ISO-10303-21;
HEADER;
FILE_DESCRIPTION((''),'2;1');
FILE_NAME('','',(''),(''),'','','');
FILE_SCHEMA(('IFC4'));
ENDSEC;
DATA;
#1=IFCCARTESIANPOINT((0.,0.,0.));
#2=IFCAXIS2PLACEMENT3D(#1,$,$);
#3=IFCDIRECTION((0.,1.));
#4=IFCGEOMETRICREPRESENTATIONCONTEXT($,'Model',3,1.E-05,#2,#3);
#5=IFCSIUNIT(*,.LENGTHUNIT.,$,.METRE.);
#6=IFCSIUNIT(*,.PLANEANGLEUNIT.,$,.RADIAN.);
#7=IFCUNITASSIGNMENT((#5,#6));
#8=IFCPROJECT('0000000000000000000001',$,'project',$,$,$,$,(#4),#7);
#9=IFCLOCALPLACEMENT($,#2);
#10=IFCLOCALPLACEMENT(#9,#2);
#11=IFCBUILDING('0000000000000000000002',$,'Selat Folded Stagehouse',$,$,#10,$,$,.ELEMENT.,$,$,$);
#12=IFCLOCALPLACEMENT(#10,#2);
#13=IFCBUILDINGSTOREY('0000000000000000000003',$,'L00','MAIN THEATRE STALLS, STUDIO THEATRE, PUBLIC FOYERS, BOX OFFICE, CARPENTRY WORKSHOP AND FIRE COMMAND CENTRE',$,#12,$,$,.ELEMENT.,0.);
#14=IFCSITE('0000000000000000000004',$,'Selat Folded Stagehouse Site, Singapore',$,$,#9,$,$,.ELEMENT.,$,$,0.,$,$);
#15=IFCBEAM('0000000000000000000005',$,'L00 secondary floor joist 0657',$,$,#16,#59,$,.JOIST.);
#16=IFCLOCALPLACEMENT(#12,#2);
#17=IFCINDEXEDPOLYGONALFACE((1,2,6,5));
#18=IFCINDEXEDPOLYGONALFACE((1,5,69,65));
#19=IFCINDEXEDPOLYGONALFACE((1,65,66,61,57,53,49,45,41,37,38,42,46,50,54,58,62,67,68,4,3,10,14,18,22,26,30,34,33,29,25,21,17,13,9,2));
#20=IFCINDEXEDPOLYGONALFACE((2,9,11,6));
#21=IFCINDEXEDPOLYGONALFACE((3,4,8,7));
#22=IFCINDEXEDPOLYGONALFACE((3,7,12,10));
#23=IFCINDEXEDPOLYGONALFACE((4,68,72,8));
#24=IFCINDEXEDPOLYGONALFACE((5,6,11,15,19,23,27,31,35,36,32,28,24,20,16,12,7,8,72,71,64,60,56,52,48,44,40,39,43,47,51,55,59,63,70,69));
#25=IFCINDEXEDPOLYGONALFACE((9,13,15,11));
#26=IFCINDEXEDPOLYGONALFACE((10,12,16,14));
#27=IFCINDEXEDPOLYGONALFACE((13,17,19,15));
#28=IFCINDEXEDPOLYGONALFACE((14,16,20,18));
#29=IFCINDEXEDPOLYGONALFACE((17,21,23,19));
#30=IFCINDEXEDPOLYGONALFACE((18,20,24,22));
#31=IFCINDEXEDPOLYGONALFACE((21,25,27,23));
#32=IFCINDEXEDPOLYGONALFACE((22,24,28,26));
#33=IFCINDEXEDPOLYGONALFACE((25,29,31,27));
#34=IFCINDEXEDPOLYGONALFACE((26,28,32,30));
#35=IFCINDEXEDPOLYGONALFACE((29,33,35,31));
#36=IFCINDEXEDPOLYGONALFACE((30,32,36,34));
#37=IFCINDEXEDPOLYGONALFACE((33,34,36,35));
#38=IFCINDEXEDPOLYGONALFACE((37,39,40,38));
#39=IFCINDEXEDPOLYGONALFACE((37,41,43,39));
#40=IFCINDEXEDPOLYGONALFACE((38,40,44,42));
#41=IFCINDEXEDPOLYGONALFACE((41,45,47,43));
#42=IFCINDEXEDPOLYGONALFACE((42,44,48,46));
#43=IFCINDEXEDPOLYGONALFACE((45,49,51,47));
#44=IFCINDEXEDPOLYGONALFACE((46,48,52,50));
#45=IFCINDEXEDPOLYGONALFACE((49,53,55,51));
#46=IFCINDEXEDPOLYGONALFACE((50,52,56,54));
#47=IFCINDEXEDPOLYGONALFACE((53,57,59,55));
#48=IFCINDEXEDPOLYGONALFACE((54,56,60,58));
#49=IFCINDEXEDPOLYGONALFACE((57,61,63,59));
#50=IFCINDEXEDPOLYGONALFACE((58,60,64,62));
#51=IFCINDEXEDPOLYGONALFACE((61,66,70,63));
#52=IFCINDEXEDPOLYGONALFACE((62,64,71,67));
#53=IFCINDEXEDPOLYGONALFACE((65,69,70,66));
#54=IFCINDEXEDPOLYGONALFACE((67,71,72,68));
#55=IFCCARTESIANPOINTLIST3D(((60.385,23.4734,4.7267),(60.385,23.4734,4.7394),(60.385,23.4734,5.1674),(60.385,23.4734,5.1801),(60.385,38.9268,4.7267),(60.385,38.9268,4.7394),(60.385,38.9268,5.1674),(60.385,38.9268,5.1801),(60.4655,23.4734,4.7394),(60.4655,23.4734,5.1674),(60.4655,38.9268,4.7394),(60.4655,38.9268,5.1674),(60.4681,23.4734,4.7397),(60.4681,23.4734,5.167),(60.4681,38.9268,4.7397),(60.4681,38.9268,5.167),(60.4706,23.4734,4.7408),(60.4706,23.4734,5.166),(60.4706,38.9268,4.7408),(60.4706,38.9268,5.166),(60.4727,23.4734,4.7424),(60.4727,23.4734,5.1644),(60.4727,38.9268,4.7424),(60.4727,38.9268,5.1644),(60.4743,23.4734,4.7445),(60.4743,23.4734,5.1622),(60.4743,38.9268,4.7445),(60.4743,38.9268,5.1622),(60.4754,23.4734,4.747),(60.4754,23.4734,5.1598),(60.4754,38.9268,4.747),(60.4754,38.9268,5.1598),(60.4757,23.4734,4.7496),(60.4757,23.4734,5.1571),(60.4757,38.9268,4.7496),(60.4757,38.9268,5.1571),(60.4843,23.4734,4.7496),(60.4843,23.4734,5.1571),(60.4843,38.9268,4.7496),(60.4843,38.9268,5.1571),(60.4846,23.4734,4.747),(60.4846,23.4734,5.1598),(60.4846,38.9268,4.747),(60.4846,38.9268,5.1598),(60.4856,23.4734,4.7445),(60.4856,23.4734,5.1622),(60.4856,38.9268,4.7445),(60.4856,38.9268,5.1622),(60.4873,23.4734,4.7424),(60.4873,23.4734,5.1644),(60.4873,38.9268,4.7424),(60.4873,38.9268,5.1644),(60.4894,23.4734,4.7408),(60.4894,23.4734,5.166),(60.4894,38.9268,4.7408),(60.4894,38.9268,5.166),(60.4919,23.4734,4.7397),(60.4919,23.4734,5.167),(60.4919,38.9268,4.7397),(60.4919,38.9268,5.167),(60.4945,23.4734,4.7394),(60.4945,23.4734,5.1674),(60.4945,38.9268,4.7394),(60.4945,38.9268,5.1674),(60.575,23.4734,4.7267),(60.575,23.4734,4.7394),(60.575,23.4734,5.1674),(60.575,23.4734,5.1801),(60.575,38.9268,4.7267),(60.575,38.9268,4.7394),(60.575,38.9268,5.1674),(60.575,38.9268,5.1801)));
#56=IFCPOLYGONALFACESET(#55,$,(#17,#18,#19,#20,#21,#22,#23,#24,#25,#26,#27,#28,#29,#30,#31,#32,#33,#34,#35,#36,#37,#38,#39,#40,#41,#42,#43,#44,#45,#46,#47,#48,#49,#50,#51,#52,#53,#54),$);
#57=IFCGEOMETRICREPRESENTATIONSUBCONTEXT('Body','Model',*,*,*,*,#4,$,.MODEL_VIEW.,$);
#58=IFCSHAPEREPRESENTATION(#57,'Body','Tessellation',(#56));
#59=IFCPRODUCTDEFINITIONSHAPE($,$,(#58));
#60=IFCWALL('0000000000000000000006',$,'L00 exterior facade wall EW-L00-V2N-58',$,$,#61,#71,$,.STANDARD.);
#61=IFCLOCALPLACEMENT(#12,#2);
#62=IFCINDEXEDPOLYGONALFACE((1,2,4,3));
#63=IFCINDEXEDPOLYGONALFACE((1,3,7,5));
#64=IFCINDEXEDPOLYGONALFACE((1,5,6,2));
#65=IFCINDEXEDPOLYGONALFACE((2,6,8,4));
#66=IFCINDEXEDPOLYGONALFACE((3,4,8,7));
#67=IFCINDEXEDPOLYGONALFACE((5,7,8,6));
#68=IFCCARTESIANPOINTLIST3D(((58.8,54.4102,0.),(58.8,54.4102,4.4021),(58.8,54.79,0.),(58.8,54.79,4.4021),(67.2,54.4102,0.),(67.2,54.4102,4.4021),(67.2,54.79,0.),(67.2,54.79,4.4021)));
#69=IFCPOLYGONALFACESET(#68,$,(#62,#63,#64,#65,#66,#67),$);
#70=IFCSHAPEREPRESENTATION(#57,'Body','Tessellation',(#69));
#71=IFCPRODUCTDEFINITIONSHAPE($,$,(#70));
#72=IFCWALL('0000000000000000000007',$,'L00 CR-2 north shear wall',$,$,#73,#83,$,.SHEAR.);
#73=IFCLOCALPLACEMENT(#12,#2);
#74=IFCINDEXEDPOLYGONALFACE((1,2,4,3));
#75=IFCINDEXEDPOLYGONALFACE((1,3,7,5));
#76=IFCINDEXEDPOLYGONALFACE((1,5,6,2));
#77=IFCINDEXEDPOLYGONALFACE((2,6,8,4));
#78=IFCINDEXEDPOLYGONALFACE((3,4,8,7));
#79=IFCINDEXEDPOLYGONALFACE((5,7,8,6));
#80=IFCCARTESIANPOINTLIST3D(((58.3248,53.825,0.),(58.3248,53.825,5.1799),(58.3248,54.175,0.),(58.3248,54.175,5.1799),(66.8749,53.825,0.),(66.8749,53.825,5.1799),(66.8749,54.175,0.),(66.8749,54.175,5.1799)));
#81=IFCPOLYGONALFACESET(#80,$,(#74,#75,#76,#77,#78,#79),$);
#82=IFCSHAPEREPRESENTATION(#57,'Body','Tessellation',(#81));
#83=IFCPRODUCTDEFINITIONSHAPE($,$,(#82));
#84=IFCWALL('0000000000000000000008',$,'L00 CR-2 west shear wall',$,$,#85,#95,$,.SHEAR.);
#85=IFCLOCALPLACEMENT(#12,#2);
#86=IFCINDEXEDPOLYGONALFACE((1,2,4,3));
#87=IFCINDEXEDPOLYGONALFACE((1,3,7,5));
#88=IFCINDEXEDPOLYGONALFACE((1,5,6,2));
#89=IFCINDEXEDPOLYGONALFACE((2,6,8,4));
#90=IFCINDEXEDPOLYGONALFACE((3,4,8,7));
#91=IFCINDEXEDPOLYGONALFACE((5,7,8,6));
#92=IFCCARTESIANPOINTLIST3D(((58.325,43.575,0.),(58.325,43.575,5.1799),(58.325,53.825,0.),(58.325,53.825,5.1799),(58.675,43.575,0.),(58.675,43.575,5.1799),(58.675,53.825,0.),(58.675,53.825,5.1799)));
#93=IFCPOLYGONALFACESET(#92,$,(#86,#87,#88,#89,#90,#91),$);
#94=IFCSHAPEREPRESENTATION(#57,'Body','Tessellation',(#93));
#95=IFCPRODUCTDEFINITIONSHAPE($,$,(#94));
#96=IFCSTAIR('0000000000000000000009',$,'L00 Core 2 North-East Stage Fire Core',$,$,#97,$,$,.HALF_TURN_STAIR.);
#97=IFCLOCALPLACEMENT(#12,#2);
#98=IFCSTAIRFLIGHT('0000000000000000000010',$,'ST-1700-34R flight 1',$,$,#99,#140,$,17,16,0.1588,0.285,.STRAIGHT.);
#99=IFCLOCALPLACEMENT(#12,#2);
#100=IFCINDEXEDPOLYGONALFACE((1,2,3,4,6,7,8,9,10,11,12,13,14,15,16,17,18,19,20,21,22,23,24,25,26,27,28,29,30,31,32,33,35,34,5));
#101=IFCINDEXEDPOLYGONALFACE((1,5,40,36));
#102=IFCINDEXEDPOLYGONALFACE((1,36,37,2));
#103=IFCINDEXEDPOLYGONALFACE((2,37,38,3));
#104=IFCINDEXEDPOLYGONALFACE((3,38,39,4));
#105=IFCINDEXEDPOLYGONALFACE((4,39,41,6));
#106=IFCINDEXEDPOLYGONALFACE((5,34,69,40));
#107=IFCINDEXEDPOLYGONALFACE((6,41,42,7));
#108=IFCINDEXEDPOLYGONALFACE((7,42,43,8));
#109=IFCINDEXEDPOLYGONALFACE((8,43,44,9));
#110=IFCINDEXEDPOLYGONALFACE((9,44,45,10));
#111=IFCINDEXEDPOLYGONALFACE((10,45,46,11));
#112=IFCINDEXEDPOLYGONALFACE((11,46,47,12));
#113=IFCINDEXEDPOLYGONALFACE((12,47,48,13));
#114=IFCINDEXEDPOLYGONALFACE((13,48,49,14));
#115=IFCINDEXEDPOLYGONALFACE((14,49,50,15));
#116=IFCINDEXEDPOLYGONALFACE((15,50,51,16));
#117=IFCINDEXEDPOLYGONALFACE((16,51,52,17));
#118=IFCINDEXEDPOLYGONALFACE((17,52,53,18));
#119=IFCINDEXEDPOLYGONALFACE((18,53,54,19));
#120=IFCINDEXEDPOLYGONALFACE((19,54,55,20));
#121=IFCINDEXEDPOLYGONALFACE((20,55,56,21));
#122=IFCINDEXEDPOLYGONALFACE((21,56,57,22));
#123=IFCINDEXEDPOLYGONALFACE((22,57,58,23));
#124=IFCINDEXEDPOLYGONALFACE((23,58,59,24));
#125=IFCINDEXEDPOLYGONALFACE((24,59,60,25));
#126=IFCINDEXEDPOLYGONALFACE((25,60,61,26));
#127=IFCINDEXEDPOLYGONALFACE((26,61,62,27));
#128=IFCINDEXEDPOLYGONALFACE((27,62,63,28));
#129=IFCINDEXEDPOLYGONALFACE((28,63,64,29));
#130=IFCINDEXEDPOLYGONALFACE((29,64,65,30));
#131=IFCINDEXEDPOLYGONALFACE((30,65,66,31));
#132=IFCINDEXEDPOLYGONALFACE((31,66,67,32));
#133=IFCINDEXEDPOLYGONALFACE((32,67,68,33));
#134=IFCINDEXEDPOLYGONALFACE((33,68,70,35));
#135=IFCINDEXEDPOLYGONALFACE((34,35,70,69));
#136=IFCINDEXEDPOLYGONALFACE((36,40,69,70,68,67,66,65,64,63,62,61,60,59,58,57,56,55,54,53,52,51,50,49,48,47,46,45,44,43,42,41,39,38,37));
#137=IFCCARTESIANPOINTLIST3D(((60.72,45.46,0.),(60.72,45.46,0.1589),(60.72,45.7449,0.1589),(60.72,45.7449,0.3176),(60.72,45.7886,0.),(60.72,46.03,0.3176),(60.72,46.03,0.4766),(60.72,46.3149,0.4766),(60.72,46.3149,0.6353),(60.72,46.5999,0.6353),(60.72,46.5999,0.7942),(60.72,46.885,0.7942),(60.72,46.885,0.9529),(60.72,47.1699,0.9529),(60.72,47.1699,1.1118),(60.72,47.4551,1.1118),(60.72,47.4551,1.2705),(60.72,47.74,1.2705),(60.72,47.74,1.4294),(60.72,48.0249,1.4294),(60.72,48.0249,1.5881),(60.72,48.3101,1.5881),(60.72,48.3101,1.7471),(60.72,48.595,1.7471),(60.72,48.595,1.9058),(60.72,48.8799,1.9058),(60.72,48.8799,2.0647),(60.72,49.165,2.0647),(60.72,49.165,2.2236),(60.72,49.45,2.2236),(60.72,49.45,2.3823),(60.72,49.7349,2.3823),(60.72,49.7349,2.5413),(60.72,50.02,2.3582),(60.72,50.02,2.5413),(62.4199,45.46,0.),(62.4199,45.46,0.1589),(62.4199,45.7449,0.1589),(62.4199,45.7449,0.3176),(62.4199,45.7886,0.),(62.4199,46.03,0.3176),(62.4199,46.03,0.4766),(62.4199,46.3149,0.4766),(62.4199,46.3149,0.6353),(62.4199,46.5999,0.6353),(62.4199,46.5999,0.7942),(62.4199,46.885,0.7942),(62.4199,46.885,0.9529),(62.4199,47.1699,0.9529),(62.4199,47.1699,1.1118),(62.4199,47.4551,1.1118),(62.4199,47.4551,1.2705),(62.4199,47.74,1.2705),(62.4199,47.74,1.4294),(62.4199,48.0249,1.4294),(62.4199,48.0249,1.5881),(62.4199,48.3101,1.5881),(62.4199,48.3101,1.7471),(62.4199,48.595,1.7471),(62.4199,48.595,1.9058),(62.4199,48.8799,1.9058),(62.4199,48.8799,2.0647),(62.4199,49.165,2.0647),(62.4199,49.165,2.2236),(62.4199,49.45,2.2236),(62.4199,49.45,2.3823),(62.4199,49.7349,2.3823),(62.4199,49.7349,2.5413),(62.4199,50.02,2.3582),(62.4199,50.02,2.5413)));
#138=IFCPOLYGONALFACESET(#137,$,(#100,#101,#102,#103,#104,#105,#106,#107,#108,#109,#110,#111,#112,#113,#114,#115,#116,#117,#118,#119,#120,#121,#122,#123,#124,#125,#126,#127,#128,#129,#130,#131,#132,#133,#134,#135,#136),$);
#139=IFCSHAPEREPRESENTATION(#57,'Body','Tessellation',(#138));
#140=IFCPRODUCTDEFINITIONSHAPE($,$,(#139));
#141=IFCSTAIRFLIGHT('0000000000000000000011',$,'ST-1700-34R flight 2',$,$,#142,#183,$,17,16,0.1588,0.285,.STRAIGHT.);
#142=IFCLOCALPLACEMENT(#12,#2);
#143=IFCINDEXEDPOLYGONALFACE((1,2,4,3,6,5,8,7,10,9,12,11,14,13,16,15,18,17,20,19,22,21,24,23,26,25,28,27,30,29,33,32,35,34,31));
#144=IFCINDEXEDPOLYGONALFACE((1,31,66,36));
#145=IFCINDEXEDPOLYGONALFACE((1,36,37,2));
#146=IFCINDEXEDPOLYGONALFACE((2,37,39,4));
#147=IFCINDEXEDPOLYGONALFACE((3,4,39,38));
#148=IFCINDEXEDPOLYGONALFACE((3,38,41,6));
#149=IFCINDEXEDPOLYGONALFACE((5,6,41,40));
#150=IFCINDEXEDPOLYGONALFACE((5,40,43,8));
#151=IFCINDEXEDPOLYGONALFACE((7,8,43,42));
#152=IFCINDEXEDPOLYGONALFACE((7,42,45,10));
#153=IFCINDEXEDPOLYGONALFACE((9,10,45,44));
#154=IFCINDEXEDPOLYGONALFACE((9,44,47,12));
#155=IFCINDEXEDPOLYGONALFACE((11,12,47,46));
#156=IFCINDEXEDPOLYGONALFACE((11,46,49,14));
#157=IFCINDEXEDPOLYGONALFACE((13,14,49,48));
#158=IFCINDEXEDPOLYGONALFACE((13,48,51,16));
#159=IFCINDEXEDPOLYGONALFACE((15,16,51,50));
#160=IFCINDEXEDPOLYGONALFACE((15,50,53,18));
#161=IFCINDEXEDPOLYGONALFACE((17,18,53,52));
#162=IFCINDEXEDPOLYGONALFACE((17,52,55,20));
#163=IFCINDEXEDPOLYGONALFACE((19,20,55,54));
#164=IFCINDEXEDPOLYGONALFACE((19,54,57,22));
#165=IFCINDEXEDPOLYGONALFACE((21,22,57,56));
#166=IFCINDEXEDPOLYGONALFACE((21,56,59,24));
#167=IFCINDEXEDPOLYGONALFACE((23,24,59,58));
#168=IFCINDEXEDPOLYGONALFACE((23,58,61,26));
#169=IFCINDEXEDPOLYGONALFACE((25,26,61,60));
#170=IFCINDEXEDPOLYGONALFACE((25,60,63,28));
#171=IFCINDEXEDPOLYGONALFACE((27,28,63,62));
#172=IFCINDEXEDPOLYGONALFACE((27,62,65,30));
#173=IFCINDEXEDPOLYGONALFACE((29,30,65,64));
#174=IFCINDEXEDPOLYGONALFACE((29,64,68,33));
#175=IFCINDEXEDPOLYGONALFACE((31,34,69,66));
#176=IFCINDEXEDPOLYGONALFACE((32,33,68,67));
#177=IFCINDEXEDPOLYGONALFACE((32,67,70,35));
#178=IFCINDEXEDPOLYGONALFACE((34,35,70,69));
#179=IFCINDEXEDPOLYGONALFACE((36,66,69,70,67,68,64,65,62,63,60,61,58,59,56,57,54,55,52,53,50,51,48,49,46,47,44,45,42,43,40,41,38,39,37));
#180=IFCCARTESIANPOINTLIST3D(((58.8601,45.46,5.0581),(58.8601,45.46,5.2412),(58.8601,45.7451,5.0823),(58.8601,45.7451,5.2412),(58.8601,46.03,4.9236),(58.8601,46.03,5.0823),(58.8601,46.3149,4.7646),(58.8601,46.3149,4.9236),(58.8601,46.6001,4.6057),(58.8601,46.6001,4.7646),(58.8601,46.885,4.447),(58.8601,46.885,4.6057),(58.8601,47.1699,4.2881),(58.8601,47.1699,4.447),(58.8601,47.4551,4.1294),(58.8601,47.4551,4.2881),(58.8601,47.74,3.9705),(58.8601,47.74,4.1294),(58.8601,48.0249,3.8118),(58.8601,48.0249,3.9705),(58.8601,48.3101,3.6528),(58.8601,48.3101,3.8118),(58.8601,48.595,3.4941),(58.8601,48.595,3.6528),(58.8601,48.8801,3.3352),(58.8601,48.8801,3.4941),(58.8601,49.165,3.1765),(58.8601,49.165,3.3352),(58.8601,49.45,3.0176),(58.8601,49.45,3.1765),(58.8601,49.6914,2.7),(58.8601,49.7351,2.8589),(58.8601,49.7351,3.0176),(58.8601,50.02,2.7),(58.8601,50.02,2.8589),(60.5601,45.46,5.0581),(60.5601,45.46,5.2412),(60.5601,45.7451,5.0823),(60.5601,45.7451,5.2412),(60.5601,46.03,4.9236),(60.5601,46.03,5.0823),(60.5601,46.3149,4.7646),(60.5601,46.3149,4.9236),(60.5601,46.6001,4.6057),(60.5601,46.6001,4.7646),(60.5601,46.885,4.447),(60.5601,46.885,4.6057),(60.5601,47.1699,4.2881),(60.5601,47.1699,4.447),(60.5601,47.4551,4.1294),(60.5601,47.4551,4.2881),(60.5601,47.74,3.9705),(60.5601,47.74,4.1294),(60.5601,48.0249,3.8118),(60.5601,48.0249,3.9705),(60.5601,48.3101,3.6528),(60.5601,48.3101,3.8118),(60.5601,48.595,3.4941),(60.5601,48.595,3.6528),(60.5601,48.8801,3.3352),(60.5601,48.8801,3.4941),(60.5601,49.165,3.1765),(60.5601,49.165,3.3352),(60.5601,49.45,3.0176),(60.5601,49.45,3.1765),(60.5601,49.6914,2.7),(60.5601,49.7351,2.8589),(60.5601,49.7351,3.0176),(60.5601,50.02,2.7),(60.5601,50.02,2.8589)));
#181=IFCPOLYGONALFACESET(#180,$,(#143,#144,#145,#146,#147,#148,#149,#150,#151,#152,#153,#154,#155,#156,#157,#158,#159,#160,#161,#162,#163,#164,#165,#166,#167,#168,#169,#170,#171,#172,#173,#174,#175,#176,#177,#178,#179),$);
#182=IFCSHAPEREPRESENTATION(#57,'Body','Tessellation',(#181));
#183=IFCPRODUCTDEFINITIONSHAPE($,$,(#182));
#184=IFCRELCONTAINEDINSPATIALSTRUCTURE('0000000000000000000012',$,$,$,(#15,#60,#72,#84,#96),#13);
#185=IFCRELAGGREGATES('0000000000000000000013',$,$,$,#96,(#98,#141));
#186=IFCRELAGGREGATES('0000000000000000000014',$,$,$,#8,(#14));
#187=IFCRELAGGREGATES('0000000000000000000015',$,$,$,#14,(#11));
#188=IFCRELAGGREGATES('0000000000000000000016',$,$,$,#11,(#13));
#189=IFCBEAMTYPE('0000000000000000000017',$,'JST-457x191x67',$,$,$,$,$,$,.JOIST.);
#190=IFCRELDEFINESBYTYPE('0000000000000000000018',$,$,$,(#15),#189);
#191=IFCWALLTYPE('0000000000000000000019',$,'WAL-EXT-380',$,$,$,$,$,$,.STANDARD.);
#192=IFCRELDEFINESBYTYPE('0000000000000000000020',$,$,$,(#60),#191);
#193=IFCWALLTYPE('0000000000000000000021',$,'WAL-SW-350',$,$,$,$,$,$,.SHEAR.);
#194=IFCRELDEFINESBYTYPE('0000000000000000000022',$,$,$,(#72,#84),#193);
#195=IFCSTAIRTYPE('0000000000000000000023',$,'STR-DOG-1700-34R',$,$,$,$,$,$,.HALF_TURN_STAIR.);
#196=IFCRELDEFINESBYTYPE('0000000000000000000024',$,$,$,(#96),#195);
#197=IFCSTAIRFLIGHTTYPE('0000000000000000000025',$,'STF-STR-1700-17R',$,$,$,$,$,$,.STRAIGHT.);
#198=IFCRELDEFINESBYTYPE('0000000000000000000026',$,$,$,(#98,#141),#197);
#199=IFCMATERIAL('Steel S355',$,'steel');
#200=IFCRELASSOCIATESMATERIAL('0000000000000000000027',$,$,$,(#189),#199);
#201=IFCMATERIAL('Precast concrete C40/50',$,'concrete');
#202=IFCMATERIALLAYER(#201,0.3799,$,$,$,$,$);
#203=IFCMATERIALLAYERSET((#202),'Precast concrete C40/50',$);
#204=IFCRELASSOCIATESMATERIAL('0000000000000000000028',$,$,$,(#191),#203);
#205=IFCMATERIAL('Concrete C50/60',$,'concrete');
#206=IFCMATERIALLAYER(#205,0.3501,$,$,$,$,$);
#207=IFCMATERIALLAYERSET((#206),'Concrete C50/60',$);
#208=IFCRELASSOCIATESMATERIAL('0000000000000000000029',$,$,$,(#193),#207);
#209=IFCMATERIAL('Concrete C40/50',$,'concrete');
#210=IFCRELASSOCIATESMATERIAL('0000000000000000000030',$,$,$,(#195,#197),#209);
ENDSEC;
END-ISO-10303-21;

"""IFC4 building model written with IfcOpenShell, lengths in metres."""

from ifc_helpers import new_model, si_unit, direction, frame, frame_2d, origin, origin_2d, place, context, subcontext, project, spatial, polyline, rectangle, i_section, outline, extrude, material, layer, layer_set, material_profile, profile_set, type_object, element, aggregate, save


model = new_model("IFC4")

# Units and contexts
model_context = context("Model", 3, precision=1e-05, world=origin(), true_north=direction((0.0, 1.0)))
body_context = subcontext(model_context, "Body", "Model", "MODEL_VIEW")
ifc_project = project(units=[si_unit("LENGTHUNIT", "METRE"), si_unit("PLANEANGLEUNIT", "RADIAN")], contexts=[model_context])

# Site, building, storey
site_placement = place(None, origin())
site = spatial("IfcSite", under=ifc_project, at=site_placement, Name="Selat Folded Stagehouse Site, Singapore", CompositionType="ELEMENT", RefElevation=0.0)
building_placement = place(site_placement, origin())
building = spatial("IfcBuilding", under=site, at=building_placement, Name="Selat Folded Stagehouse", CompositionType="ELEMENT")
storey_placement = place(building_placement, origin())
storey = spatial("IfcBuildingStorey", under=building, at=storey_placement, Name="L00", Description="MAIN THEATRE STALLS, STUDIO THEATRE, PUBLIC FOYERS, BOX OFFICE, CARPENTRY WORKSHOP AND FIRE COMMAND CENTRE", CompositionType="ELEMENT", Elevation=0.0)

# Shared definitions
ifc_material_1 = material(Name="Steel S355", Category="steel")

# Beam
ifc_material_profile_1 = material_profile(ifc_material_1, i_section(OverallWidth=0.1899, OverallDepth=0.4534, WebThickness=0.0085, FlangeThickness=0.0127, FilletRadius=0.0103, at=origin_2d()), Name="UKB 457x191x67")
ifc_profile_set_1 = profile_set([ifc_material_profile_1], Name="Steel S355")
beam_type_1 = type_object("IfcBeamType", Name="JST-457x191x67", PredefinedType="JOIST", material=ifc_profile_set_1)
beam_1_placement = place(storey_placement, frame((60.48, 23.4734, 4.9534), z_axis=(0.0, 1.0, 0.0), x_axis=(-1.0, 0.0, 0.0)))
element("IfcBeam", 1, at=beam_1_placement, inside=storey, type_object=beam_type_1, Name="L00 secondary floor joist 0657", PredefinedType="JOIST", context=body_context, shape_type="SweptSolid", body=[
    extrude(i_section(OverallWidth=0.1899, OverallDepth=0.4534, WebThickness=0.0085, FlangeThickness=0.0127, FilletRadius=0.0103, at=origin_2d()), origin(), (0.0, 0.0, 1.0), 15.4534),
])

# Shared definitions
ifc_material_2 = material(Name="Precast concrete C40/50", Category="concrete")
ifc_layer_1 = layer(ifc_material_2, 0.3799)
ifc_layer_set_1 = layer_set([ifc_layer_1], Name="Precast concrete C40/50")
wall_type_1 = type_object("IfcWallType", Name="WAL-EXT-380", PredefinedType="STANDARD", material=ifc_layer_set_1)

# Walls
wall_1_placement = place(storey_placement, frame((58.8, 54.6001, 0.0), z_axis=(0.0, 0.0, 1.0), x_axis=(1.0, 0.0, 0.0)))
element("IfcWall", 2, at=wall_1_placement, inside=storey, type_object=wall_type_1, Name="L00 exterior facade wall EW-L00-V2N-58", PredefinedType="STANDARD", context=body_context, shape_type="SweptSolid", body=[
    extrude(rectangle(XDim=8.3999, YDim=0.3799, at=frame_2d((4.2, 0.0))), origin(), (0.0, 0.0, 1.0), 4.4021),
])
ifc_material_3 = material(Name="Concrete C50/60", Category="concrete")
ifc_layer_2 = layer(ifc_material_3, 0.3501)
ifc_layer_set_2 = layer_set([ifc_layer_2], Name="Concrete C50/60")
wall_type_2 = type_object("IfcWallType", Name="WAL-SW-350", PredefinedType="SHEAR", material=ifc_layer_set_2)
wall_2_placement = place(storey_placement, frame((58.325, 54.0, 0.0), z_axis=(0.0, 0.0, 1.0), x_axis=(1.0, 0.0, 0.0)))
element("IfcWall", 3, at=wall_2_placement, inside=storey, type_object=wall_type_2, Name="L00 CR-2 north shear wall", PredefinedType="SHEAR", context=body_context, shape_type="SweptSolid", body=[
    extrude(rectangle(XDim=8.55, YDim=0.3501, at=frame_2d((4.2749, 0.0))), origin(), (0.0, 0.0, 1.0), 5.1799),
])
wall_3_placement = place(storey_placement, frame((58.5, 43.575, 0.0), z_axis=(0.0, 0.0, 1.0), x_axis=(0.0, 1.0, 0.0)))
element("IfcWall", 4, at=wall_3_placement, inside=storey, type_object=wall_type_2, Name="L00 CR-2 west shear wall", PredefinedType="SHEAR", context=body_context, shape_type="SweptSolid", body=[
    extrude(rectangle(XDim=10.25, YDim=0.3501, at=frame_2d((5.125, 0.0))), origin(), (0.0, 0.0, 1.0), 5.1799),
])

# Stair, stair flights
ifc_material_4 = material(Name="Concrete C40/50", Category="concrete")
stair_type = type_object("IfcStairType", Name="STR-DOG-1700-34R", PredefinedType="HALF_TURN_STAIR", material=ifc_material_4)
stair_placement = place(storey_placement, origin())
stair = element("IfcStair", 5, at=stair_placement, inside=storey, type_object=stair_type, Name="L00 Core 2 North-East Stage Fire Core", PredefinedType="HALF_TURN_STAIR")
stair_flight_type = type_object("IfcStairFlightType", Name="STF-STR-1700-17R", PredefinedType="STRAIGHT", material=ifc_material_4)
stair_flight_1_placement = place(storey_placement, frame((61.5701, 45.46, 0.0), z_axis=(0.0, 0.0, 1.0), x_axis=(0.0, 1.0, 0.0)))
stair_flight_1 = element("IfcStairFlight", 6, at=stair_flight_1_placement, type_object=stair_flight_type, Name="ST-1700-34R flight 1", NumberOfRisers=17, NumberOfTreads=16, PredefinedType="STRAIGHT", RiserHeight=0.1588, TreadLength=0.285, context=body_context, shape_type="SweptSolid", body=[
    extrude(outline(polyline([(0.0, 0.0), (0.0, 0.1589), (0.2849, 0.1589), (0.2849, 0.3176), (0.5701, 0.3176), (0.5701, 0.4766), (0.855, 0.4766), (0.855, 0.6353), (1.1399, 0.6353), (1.1399, 0.7942), (1.425, 0.7942), (1.425, 0.9529), (1.71, 0.9529), (1.71, 1.1118), (1.9951, 1.1118), (1.9951, 1.2705), (2.28, 1.2705), (2.28, 1.4294), (2.5649, 1.4294), (2.5649, 1.5881), (2.8501, 1.5881), (2.8501, 1.7471), (3.135, 1.7471), (3.135, 1.9058), (3.4199, 1.9058), (3.4199, 2.0647), (3.7051, 2.0647), (3.7051, 2.2236), (3.99, 2.2236), (3.99, 2.3823), (4.2749, 2.3823), (4.2749, 2.5413), (4.5601, 2.5413), (4.5601, 2.7), (4.5601, 2.3582), (0.3286, 0.0), (0.0, 0.0)])), frame((0.0, 0.8501, 0.0), z_axis=(0.0, -1.0, 0.0), x_axis=(1.0, 0.0, 0.0)), (0.0, 0.0, 1.0), 1.7),
])
stair_flight_2_placement = place(storey_placement, frame((59.71, 50.02, 2.7), z_axis=(0.0, 0.0, 1.0), x_axis=(0.0, -1.0, 0.0)))
stair_flight_2 = element("IfcStairFlight", 7, at=stair_flight_2_placement, type_object=stair_flight_type, Name="ST-1700-34R flight 2", NumberOfRisers=17, NumberOfTreads=16, PredefinedType="STRAIGHT", RiserHeight=0.1588, TreadLength=0.285, context=body_context, shape_type="SweptSolid", body=[
    extrude(outline(polyline([(0.0, 0.0), (0.0, 0.1589), (0.2849, 0.1589), (0.2849, 0.3176), (0.5701, 0.3176), (0.5701, 0.4766), (0.855, 0.4766), (0.855, 0.6353), (1.1399, 0.6353), (1.1399, 0.7942), (1.425, 0.7942), (1.425, 0.9529), (1.71, 0.9529), (1.71, 1.1118), (1.9951, 1.1118), (1.9951, 1.2705), (2.28, 1.2705), (2.28, 1.4294), (2.5649, 1.4294), (2.5649, 1.5881), (2.8501, 1.5881), (2.8501, 1.7471), (3.135, 1.7471), (3.135, 1.9058), (3.4199, 1.9058), (3.4199, 2.0647), (3.7051, 2.0647), (3.7051, 2.2236), (3.99, 2.2236), (3.99, 2.3823), (4.2749, 2.3823), (4.2749, 2.5413), (4.5601, 2.5413), (4.5601, 2.7), (4.5601, 2.3582), (0.3286, 0.0), (0.0, 0.0)])), frame((0.0, 0.8501, 0.0), z_axis=(0.0, -1.0, 0.0), x_axis=(1.0, 0.0, 0.0)), (0.0, 0.0, 1.0), 1.7),
])
aggregate(stair, [stair_flight_1, stair_flight_2])

save(model, "model.ifc")
